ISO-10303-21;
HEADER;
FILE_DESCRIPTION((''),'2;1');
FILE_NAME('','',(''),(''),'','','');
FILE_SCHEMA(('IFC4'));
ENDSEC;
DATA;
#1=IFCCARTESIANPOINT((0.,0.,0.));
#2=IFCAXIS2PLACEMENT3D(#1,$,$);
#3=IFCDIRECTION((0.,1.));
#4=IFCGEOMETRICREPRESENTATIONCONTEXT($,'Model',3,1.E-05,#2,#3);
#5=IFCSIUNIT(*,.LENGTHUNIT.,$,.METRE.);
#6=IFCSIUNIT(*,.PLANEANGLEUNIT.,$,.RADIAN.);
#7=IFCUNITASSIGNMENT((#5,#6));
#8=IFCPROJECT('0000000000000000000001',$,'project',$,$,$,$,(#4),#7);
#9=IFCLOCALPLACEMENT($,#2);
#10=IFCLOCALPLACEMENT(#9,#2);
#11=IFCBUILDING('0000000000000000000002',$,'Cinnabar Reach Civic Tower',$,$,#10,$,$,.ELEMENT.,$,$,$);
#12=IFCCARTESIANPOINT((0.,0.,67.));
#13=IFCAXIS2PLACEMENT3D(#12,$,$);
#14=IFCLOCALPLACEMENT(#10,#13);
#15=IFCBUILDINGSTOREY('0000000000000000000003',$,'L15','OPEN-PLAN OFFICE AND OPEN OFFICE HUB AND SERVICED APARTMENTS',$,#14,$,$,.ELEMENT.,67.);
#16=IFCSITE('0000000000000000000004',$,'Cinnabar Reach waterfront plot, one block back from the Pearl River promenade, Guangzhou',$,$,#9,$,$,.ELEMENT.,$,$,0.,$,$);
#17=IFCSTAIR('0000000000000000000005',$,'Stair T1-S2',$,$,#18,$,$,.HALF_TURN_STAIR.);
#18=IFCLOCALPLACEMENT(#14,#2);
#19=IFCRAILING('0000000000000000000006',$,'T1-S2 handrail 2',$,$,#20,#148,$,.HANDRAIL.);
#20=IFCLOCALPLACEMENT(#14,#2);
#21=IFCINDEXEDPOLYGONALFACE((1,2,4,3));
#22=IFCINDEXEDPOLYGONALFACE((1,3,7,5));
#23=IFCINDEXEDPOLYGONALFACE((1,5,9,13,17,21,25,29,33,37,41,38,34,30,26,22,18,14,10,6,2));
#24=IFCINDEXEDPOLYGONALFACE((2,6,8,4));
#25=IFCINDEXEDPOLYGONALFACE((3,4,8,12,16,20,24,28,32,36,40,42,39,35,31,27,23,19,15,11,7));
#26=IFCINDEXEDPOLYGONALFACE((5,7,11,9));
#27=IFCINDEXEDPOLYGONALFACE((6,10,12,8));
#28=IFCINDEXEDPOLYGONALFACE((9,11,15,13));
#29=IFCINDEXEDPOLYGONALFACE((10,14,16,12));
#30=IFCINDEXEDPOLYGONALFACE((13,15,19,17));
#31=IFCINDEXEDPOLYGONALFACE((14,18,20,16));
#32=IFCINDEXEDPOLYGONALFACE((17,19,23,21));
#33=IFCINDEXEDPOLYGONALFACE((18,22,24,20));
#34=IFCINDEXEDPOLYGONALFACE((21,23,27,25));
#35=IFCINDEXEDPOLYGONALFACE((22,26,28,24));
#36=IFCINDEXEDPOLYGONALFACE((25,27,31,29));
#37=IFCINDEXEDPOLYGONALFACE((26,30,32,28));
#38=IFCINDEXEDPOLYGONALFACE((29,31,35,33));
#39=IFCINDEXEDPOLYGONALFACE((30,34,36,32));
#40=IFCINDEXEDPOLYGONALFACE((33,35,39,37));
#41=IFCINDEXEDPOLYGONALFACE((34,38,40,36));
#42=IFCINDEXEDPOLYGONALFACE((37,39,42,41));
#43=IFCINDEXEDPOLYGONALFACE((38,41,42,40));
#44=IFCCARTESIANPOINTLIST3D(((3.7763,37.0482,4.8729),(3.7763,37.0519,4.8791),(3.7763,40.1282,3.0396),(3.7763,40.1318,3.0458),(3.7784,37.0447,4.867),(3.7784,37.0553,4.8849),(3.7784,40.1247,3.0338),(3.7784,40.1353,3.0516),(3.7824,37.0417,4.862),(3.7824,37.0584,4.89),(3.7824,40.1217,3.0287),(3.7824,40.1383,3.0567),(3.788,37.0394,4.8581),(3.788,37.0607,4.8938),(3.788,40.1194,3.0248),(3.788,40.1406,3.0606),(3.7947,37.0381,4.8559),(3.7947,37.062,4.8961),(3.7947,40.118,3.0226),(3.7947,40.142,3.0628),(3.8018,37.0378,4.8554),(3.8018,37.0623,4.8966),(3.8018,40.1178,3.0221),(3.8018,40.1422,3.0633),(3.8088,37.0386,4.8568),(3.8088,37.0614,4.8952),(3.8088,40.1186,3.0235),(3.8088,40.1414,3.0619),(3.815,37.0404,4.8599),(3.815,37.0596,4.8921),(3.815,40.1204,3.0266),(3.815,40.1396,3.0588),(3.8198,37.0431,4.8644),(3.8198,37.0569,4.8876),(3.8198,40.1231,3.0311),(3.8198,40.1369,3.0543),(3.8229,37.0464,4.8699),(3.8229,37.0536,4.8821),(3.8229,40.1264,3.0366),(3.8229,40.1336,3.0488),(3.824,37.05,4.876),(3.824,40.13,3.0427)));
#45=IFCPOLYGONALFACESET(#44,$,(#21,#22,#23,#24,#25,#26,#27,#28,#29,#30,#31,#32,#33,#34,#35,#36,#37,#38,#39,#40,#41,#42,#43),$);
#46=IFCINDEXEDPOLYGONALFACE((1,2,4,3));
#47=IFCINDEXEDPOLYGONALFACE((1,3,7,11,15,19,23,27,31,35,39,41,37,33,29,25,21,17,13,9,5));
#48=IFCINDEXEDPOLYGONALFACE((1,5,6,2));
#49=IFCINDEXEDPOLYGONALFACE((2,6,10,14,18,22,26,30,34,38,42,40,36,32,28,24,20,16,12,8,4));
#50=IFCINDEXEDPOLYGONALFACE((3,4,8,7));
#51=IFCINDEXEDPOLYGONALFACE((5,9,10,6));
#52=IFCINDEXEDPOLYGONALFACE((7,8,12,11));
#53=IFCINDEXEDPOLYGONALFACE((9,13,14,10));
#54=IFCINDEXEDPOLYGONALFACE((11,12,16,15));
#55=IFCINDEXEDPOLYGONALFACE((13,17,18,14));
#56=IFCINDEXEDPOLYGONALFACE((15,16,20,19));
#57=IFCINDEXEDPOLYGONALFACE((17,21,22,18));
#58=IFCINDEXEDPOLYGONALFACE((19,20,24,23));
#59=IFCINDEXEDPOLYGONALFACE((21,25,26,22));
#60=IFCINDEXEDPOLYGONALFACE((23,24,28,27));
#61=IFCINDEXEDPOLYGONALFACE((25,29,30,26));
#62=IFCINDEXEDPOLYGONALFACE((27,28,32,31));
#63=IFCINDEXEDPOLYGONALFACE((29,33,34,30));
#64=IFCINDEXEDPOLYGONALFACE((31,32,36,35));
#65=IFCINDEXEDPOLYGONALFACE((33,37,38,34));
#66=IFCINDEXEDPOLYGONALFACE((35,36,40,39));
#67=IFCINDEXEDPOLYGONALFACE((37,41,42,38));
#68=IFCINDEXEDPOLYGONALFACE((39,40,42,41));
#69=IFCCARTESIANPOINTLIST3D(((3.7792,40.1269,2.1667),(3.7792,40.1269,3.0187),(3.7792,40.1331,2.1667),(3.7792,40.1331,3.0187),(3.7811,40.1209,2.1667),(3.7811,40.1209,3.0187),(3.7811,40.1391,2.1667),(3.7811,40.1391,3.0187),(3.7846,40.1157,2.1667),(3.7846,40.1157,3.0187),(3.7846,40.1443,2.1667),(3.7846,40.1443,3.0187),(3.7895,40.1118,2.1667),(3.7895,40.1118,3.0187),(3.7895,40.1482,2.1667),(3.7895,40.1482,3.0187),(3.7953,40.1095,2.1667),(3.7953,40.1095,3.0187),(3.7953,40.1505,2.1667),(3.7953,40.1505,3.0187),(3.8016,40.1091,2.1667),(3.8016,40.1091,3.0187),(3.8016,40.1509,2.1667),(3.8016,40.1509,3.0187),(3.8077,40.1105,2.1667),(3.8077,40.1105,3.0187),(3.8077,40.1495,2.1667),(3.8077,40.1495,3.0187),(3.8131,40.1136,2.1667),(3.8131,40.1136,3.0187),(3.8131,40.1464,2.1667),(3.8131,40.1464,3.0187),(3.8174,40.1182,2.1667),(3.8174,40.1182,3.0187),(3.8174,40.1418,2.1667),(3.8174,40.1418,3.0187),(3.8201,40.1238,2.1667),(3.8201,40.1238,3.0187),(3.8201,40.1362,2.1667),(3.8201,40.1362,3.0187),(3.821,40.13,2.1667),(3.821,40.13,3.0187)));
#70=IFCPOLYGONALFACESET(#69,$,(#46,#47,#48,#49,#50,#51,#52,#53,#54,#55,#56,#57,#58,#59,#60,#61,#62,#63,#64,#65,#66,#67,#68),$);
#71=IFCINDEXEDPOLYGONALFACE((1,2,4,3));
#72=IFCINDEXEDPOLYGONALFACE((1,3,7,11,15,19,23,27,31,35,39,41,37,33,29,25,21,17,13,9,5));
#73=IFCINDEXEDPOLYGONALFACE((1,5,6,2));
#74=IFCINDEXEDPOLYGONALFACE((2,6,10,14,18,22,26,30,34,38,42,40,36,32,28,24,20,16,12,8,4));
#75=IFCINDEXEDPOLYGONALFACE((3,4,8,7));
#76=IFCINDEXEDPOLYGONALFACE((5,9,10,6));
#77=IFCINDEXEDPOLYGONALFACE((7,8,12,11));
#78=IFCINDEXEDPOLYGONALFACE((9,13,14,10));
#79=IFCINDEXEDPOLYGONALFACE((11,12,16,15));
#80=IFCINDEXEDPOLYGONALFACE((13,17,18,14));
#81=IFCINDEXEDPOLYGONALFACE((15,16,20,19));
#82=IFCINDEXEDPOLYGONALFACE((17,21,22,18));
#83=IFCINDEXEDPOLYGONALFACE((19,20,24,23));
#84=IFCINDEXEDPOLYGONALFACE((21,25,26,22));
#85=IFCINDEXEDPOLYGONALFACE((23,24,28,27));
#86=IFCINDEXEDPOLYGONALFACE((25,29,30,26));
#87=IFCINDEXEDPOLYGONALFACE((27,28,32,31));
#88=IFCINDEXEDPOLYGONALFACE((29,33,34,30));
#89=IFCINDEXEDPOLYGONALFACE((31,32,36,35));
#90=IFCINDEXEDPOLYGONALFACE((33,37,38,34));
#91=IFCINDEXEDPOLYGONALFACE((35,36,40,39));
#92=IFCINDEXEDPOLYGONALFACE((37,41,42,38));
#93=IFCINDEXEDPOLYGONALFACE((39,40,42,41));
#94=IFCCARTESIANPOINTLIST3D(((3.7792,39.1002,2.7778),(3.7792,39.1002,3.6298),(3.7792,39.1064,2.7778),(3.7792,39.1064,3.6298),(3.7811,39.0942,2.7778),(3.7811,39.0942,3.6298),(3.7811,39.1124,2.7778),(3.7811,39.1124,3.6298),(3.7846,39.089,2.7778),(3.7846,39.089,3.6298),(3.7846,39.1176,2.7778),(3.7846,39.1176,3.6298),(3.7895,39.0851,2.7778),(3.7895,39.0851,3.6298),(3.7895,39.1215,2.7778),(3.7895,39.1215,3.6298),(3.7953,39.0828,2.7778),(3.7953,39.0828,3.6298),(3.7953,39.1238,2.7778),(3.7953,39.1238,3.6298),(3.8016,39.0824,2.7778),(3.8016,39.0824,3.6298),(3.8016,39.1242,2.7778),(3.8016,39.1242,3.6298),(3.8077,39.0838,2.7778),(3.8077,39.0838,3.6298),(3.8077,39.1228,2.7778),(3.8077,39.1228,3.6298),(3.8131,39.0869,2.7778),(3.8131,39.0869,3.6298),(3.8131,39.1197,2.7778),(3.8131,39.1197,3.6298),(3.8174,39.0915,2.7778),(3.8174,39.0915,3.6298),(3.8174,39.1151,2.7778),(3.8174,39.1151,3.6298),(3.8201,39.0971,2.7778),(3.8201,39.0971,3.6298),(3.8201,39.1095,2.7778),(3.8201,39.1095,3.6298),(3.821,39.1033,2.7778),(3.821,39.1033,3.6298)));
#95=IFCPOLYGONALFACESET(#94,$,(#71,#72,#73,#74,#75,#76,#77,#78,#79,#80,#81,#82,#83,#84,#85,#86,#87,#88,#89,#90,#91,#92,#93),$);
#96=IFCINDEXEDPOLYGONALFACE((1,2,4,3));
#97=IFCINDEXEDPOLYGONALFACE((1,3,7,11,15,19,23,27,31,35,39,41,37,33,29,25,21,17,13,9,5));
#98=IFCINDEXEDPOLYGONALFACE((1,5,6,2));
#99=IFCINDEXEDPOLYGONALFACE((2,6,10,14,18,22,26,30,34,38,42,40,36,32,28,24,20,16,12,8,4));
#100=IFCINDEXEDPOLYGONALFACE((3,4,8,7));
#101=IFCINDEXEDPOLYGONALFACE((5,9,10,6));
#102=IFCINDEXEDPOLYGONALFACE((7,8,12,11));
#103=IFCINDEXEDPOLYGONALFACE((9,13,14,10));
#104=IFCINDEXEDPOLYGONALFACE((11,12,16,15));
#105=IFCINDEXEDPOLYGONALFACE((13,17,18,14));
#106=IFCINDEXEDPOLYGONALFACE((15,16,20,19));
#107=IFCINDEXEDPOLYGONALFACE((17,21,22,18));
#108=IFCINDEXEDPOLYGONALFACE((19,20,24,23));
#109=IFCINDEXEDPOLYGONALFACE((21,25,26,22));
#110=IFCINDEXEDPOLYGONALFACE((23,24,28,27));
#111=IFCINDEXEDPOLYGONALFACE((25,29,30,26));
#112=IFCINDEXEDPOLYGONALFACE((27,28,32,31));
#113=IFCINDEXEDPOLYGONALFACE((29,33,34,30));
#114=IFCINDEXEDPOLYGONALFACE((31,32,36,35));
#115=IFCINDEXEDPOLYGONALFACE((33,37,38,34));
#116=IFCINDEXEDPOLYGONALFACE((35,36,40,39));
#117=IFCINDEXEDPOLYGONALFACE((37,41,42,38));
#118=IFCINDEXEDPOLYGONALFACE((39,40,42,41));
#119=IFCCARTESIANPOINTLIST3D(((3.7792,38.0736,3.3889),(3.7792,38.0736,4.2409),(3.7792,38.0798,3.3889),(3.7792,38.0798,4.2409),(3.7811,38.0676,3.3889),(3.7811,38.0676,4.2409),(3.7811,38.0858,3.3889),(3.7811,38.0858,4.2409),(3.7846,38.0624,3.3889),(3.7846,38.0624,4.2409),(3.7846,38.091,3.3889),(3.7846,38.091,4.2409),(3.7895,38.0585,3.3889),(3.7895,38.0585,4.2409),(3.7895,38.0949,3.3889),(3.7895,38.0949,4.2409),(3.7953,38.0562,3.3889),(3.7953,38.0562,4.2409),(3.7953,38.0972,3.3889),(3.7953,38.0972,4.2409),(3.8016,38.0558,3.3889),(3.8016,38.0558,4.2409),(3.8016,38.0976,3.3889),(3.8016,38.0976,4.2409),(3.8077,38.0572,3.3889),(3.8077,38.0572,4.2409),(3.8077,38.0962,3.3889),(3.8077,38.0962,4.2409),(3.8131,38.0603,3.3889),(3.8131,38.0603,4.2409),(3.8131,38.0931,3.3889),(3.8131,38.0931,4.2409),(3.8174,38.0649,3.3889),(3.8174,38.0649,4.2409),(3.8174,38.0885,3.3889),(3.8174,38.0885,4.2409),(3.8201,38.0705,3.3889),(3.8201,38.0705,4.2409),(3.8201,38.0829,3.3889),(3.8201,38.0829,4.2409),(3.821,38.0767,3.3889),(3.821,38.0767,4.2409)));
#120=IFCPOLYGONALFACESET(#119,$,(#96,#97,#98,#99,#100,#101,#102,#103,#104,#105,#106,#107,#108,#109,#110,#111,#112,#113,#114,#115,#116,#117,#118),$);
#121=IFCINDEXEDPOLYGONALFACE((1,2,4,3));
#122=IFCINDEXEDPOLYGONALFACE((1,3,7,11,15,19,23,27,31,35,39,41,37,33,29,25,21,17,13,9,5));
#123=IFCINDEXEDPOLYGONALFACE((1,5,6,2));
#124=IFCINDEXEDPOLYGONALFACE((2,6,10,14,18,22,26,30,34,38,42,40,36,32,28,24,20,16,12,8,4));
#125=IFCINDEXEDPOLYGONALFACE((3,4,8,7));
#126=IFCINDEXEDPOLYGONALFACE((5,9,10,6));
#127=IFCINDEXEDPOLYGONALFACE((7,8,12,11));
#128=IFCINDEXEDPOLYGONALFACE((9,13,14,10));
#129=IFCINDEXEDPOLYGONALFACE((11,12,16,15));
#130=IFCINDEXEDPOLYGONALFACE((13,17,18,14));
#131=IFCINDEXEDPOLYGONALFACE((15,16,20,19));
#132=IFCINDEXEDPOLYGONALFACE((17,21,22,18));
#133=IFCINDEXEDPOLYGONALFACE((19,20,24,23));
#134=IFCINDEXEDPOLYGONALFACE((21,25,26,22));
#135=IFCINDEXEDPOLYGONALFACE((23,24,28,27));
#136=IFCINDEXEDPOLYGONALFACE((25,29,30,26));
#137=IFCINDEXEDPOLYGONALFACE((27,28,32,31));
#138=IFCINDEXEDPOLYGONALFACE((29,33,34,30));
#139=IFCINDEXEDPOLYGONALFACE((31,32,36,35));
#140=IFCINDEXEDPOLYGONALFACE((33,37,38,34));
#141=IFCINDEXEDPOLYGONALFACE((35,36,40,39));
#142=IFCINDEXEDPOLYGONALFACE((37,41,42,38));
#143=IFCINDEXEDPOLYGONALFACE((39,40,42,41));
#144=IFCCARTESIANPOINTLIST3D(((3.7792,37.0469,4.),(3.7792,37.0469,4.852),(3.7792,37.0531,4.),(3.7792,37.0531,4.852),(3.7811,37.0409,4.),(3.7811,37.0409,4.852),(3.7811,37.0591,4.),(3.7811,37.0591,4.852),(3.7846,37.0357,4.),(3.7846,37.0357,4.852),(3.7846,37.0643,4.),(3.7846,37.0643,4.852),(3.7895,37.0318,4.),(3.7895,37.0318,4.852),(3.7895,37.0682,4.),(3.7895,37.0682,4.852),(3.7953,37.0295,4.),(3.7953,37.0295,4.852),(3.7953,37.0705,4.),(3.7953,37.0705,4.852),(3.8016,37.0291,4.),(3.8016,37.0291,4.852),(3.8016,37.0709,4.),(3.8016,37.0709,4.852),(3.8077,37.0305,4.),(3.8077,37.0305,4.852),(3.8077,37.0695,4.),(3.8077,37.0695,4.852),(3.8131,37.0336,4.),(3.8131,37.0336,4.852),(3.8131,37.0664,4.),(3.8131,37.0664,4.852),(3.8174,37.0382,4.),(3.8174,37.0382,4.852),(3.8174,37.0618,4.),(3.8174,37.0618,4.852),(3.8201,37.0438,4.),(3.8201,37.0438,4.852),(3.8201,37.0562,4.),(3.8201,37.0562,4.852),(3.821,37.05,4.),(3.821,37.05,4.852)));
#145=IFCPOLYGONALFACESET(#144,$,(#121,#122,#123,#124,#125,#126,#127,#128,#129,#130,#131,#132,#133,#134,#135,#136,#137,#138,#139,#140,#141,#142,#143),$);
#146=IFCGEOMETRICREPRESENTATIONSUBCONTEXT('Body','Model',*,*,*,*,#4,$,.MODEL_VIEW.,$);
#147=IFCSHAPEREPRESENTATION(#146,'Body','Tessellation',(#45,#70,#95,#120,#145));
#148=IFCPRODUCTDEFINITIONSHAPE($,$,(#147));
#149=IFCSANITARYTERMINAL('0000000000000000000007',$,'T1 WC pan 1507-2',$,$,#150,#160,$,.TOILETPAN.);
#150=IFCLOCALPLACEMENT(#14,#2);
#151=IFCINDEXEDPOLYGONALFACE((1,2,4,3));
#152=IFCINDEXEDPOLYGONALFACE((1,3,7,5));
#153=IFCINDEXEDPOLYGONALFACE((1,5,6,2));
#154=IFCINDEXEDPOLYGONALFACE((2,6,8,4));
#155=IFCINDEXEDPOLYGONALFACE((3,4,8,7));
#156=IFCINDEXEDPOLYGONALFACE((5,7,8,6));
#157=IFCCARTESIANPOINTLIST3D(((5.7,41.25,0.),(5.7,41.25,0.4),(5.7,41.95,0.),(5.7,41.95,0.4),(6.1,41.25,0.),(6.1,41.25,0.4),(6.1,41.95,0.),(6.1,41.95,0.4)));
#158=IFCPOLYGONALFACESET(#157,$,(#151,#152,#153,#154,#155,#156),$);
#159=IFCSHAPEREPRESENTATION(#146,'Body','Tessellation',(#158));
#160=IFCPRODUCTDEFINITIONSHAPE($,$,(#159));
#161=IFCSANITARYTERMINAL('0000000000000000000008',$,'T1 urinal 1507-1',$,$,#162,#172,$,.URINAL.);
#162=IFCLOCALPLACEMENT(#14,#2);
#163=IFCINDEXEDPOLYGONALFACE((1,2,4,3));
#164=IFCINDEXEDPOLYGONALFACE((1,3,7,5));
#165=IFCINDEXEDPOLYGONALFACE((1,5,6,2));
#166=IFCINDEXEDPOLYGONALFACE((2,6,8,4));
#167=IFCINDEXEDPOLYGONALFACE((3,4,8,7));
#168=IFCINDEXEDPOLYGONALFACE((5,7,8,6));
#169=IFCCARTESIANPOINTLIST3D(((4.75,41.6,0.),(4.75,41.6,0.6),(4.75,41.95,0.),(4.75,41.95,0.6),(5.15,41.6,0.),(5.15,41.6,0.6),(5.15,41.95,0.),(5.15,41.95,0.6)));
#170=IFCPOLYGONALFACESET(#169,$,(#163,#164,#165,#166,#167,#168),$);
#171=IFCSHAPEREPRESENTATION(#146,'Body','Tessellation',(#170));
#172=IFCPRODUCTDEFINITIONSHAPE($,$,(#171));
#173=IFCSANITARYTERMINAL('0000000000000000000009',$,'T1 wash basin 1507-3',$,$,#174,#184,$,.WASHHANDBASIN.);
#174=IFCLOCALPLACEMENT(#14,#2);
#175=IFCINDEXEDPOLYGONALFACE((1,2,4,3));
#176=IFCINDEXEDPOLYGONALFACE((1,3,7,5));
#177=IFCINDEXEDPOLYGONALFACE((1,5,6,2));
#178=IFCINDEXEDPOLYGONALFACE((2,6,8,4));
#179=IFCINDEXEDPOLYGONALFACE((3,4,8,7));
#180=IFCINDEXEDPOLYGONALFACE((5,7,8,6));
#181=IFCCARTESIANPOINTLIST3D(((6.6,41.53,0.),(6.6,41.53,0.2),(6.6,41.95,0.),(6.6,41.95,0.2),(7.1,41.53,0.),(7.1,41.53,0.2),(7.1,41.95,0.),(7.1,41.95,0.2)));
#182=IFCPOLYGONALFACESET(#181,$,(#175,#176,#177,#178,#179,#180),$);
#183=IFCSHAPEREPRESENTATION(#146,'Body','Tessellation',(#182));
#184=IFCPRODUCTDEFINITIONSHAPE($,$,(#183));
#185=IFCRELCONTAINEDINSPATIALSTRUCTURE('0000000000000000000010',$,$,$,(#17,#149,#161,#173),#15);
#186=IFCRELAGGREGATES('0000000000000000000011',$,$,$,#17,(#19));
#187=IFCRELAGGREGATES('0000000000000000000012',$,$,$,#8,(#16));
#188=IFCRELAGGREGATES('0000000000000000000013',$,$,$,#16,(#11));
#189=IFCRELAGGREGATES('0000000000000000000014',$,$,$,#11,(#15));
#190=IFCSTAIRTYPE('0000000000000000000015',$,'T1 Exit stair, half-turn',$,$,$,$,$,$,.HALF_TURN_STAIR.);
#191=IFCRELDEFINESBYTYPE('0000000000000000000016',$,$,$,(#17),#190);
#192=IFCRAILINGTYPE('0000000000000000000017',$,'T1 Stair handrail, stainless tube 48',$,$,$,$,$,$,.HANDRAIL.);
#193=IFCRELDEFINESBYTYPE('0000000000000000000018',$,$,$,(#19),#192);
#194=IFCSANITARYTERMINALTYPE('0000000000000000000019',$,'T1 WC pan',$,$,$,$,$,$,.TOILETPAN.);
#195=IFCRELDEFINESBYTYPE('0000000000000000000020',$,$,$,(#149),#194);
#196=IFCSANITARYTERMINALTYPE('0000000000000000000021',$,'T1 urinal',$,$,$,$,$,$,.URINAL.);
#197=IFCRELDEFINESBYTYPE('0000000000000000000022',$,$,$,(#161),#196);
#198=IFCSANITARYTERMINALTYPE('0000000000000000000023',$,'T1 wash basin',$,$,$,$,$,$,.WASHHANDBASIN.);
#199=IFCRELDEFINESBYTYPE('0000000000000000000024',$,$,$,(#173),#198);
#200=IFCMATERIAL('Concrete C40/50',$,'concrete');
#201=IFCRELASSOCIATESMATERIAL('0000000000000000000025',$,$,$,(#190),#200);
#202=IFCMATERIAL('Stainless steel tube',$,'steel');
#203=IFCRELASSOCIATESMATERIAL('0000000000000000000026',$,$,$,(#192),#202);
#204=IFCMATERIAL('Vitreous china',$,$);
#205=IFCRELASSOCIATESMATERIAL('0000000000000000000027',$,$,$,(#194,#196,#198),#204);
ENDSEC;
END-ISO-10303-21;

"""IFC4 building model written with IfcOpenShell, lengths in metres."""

from ifc_helpers import new_model, si_unit, direction, frame, origin, origin_2d, place, context, subcontext, project, spatial, rectangle, circle, extrude, material, type_object, element, aggregate, save


model = new_model("IFC4")

# Units and contexts
model_context = context("Model", 3, precision=1e-05, world=origin(), true_north=direction((0.0, 1.0)))
body_context = subcontext(model_context, "Body", "Model", "MODEL_VIEW")
ifc_project = project(units=[si_unit("LENGTHUNIT", "METRE"), si_unit("PLANEANGLEUNIT", "RADIAN")], contexts=[model_context])

# Site, building, storey
site_placement = place(None, origin())
site = spatial("IfcSite", under=ifc_project, at=site_placement, Name="Cinnabar Reach waterfront plot, one block back from the Pearl River promenade, Guangzhou", CompositionType="ELEMENT", RefElevation=0.0)
building_placement = place(site_placement, origin())
building = spatial("IfcBuilding", under=site, at=building_placement, Name="Cinnabar Reach Civic Tower", CompositionType="ELEMENT")
storey_placement = place(building_placement, frame((0.0, 0.0, 67.0)))
storey = spatial("IfcBuildingStorey", under=building, at=storey_placement, Name="L15", Description="OPEN-PLAN OFFICE AND OPEN OFFICE HUB AND SERVICED APARTMENTS", CompositionType="ELEMENT", Elevation=67.0)

# Stair, railing
ifc_material_1 = material(Name="Concrete C40/50", Category="concrete")
stair_type = type_object("IfcStairType", Name="T1 Exit stair, half-turn", PredefinedType="HALF_TURN_STAIR", material=ifc_material_1)
stair_placement = place(storey_placement, origin())
stair = element("IfcStair", 1, at=stair_placement, inside=storey, type_object=stair_type, Name="Stair T1-S2", PredefinedType="HALF_TURN_STAIR")
ifc_material_2 = material(Name="Stainless steel tube", Category="steel")
railing_type = type_object("IfcRailingType", Name="T1 Stair handrail, stainless tube 48", PredefinedType="HANDRAIL", material=ifc_material_2)
railing_1_placement = place(storey_placement, frame((3.8, 40.13, 2.1667)))
railing_1 = element("IfcRailing", 2, at=railing_1_placement, type_object=railing_type, Name="T1-S2 handrail 2", PredefinedType="HANDRAIL", context=body_context, shape_type="SweptSolid", body=[
    extrude(circle(Radius=0.024, at=origin_2d()), frame((0.0, 0.0, 0.876), z_axis=(0.0, -0.859297, 0.511477), x_axis=(1.0, 0.0, 0.0)), (0.0, 0.0, 1.0), 3.5843),
    extrude(circle(Radius=0.021, at=origin_2d()), origin(), (0.0, 0.0, 1.0), 0.852),
    extrude(circle(Radius=0.021, at=origin_2d()), frame((0.0, -1.0267, 0.6111)), (0.0, 0.0, 1.0), 0.852),
    extrude(circle(Radius=0.021, at=origin_2d()), frame((0.0, -2.0533, 1.2222)), (0.0, 0.0, 1.0), 0.852),
    extrude(circle(Radius=0.021, at=origin_2d()), frame((0.0, -3.08, 1.8333)), (0.0, 0.0, 1.0), 0.852),
])
aggregate(stair, [railing_1])

# Sanitary terminals
ifc_material_3 = material(Name="Vitreous china")
sanitary_terminal_type_1 = type_object("IfcSanitaryTerminalType", Name="T1 WC pan", PredefinedType="TOILETPAN", material=ifc_material_3)
sanitary_terminal_1_placement = place(storey_placement, frame((5.9, 41.6, 0.0), z_axis=(0.0, 0.0, 1.0), x_axis=(1.0, 0.0, 0.0)))
element("IfcSanitaryTerminal", 3, at=sanitary_terminal_1_placement, inside=storey, type_object=sanitary_terminal_type_1, Name="T1 WC pan 1507-2", PredefinedType="TOILETPAN", context=body_context, shape_type="SweptSolid", body=[
    extrude(rectangle(XDim=0.4, YDim=0.7, at=origin_2d()), origin(), (0.0, 0.0, 1.0), 0.4),
])
sanitary_terminal_type_2 = type_object("IfcSanitaryTerminalType", Name="T1 urinal", PredefinedType="URINAL", material=ifc_material_3)
sanitary_terminal_2_placement = place(storey_placement, frame((4.95, 41.775, 0.0), z_axis=(0.0, 0.0, 1.0), x_axis=(1.0, 0.0, 0.0)))
element("IfcSanitaryTerminal", 4, at=sanitary_terminal_2_placement, inside=storey, type_object=sanitary_terminal_type_2, Name="T1 urinal 1507-1", PredefinedType="URINAL", context=body_context, shape_type="SweptSolid", body=[
    extrude(rectangle(XDim=0.4, YDim=0.35, at=origin_2d()), origin(), (0.0, 0.0, 1.0), 0.6),
])
sanitary_terminal_type_3 = type_object("IfcSanitaryTerminalType", Name="T1 wash basin", PredefinedType="WASHHANDBASIN", material=ifc_material_3)
sanitary_terminal_3_placement = place(storey_placement, frame((6.85, 41.74, 0.0), z_axis=(0.0, 0.0, 1.0), x_axis=(1.0, 0.0, 0.0)))
element("IfcSanitaryTerminal", 5, at=sanitary_terminal_3_placement, inside=storey, type_object=sanitary_terminal_type_3, Name="T1 wash basin 1507-3", PredefinedType="WASHHANDBASIN", context=body_context, shape_type="SweptSolid", body=[
    extrude(rectangle(XDim=0.5, YDim=0.42, at=origin_2d()), origin(), (0.0, 0.0, 1.0), 0.2),
])

save(model, "model.ifc")
